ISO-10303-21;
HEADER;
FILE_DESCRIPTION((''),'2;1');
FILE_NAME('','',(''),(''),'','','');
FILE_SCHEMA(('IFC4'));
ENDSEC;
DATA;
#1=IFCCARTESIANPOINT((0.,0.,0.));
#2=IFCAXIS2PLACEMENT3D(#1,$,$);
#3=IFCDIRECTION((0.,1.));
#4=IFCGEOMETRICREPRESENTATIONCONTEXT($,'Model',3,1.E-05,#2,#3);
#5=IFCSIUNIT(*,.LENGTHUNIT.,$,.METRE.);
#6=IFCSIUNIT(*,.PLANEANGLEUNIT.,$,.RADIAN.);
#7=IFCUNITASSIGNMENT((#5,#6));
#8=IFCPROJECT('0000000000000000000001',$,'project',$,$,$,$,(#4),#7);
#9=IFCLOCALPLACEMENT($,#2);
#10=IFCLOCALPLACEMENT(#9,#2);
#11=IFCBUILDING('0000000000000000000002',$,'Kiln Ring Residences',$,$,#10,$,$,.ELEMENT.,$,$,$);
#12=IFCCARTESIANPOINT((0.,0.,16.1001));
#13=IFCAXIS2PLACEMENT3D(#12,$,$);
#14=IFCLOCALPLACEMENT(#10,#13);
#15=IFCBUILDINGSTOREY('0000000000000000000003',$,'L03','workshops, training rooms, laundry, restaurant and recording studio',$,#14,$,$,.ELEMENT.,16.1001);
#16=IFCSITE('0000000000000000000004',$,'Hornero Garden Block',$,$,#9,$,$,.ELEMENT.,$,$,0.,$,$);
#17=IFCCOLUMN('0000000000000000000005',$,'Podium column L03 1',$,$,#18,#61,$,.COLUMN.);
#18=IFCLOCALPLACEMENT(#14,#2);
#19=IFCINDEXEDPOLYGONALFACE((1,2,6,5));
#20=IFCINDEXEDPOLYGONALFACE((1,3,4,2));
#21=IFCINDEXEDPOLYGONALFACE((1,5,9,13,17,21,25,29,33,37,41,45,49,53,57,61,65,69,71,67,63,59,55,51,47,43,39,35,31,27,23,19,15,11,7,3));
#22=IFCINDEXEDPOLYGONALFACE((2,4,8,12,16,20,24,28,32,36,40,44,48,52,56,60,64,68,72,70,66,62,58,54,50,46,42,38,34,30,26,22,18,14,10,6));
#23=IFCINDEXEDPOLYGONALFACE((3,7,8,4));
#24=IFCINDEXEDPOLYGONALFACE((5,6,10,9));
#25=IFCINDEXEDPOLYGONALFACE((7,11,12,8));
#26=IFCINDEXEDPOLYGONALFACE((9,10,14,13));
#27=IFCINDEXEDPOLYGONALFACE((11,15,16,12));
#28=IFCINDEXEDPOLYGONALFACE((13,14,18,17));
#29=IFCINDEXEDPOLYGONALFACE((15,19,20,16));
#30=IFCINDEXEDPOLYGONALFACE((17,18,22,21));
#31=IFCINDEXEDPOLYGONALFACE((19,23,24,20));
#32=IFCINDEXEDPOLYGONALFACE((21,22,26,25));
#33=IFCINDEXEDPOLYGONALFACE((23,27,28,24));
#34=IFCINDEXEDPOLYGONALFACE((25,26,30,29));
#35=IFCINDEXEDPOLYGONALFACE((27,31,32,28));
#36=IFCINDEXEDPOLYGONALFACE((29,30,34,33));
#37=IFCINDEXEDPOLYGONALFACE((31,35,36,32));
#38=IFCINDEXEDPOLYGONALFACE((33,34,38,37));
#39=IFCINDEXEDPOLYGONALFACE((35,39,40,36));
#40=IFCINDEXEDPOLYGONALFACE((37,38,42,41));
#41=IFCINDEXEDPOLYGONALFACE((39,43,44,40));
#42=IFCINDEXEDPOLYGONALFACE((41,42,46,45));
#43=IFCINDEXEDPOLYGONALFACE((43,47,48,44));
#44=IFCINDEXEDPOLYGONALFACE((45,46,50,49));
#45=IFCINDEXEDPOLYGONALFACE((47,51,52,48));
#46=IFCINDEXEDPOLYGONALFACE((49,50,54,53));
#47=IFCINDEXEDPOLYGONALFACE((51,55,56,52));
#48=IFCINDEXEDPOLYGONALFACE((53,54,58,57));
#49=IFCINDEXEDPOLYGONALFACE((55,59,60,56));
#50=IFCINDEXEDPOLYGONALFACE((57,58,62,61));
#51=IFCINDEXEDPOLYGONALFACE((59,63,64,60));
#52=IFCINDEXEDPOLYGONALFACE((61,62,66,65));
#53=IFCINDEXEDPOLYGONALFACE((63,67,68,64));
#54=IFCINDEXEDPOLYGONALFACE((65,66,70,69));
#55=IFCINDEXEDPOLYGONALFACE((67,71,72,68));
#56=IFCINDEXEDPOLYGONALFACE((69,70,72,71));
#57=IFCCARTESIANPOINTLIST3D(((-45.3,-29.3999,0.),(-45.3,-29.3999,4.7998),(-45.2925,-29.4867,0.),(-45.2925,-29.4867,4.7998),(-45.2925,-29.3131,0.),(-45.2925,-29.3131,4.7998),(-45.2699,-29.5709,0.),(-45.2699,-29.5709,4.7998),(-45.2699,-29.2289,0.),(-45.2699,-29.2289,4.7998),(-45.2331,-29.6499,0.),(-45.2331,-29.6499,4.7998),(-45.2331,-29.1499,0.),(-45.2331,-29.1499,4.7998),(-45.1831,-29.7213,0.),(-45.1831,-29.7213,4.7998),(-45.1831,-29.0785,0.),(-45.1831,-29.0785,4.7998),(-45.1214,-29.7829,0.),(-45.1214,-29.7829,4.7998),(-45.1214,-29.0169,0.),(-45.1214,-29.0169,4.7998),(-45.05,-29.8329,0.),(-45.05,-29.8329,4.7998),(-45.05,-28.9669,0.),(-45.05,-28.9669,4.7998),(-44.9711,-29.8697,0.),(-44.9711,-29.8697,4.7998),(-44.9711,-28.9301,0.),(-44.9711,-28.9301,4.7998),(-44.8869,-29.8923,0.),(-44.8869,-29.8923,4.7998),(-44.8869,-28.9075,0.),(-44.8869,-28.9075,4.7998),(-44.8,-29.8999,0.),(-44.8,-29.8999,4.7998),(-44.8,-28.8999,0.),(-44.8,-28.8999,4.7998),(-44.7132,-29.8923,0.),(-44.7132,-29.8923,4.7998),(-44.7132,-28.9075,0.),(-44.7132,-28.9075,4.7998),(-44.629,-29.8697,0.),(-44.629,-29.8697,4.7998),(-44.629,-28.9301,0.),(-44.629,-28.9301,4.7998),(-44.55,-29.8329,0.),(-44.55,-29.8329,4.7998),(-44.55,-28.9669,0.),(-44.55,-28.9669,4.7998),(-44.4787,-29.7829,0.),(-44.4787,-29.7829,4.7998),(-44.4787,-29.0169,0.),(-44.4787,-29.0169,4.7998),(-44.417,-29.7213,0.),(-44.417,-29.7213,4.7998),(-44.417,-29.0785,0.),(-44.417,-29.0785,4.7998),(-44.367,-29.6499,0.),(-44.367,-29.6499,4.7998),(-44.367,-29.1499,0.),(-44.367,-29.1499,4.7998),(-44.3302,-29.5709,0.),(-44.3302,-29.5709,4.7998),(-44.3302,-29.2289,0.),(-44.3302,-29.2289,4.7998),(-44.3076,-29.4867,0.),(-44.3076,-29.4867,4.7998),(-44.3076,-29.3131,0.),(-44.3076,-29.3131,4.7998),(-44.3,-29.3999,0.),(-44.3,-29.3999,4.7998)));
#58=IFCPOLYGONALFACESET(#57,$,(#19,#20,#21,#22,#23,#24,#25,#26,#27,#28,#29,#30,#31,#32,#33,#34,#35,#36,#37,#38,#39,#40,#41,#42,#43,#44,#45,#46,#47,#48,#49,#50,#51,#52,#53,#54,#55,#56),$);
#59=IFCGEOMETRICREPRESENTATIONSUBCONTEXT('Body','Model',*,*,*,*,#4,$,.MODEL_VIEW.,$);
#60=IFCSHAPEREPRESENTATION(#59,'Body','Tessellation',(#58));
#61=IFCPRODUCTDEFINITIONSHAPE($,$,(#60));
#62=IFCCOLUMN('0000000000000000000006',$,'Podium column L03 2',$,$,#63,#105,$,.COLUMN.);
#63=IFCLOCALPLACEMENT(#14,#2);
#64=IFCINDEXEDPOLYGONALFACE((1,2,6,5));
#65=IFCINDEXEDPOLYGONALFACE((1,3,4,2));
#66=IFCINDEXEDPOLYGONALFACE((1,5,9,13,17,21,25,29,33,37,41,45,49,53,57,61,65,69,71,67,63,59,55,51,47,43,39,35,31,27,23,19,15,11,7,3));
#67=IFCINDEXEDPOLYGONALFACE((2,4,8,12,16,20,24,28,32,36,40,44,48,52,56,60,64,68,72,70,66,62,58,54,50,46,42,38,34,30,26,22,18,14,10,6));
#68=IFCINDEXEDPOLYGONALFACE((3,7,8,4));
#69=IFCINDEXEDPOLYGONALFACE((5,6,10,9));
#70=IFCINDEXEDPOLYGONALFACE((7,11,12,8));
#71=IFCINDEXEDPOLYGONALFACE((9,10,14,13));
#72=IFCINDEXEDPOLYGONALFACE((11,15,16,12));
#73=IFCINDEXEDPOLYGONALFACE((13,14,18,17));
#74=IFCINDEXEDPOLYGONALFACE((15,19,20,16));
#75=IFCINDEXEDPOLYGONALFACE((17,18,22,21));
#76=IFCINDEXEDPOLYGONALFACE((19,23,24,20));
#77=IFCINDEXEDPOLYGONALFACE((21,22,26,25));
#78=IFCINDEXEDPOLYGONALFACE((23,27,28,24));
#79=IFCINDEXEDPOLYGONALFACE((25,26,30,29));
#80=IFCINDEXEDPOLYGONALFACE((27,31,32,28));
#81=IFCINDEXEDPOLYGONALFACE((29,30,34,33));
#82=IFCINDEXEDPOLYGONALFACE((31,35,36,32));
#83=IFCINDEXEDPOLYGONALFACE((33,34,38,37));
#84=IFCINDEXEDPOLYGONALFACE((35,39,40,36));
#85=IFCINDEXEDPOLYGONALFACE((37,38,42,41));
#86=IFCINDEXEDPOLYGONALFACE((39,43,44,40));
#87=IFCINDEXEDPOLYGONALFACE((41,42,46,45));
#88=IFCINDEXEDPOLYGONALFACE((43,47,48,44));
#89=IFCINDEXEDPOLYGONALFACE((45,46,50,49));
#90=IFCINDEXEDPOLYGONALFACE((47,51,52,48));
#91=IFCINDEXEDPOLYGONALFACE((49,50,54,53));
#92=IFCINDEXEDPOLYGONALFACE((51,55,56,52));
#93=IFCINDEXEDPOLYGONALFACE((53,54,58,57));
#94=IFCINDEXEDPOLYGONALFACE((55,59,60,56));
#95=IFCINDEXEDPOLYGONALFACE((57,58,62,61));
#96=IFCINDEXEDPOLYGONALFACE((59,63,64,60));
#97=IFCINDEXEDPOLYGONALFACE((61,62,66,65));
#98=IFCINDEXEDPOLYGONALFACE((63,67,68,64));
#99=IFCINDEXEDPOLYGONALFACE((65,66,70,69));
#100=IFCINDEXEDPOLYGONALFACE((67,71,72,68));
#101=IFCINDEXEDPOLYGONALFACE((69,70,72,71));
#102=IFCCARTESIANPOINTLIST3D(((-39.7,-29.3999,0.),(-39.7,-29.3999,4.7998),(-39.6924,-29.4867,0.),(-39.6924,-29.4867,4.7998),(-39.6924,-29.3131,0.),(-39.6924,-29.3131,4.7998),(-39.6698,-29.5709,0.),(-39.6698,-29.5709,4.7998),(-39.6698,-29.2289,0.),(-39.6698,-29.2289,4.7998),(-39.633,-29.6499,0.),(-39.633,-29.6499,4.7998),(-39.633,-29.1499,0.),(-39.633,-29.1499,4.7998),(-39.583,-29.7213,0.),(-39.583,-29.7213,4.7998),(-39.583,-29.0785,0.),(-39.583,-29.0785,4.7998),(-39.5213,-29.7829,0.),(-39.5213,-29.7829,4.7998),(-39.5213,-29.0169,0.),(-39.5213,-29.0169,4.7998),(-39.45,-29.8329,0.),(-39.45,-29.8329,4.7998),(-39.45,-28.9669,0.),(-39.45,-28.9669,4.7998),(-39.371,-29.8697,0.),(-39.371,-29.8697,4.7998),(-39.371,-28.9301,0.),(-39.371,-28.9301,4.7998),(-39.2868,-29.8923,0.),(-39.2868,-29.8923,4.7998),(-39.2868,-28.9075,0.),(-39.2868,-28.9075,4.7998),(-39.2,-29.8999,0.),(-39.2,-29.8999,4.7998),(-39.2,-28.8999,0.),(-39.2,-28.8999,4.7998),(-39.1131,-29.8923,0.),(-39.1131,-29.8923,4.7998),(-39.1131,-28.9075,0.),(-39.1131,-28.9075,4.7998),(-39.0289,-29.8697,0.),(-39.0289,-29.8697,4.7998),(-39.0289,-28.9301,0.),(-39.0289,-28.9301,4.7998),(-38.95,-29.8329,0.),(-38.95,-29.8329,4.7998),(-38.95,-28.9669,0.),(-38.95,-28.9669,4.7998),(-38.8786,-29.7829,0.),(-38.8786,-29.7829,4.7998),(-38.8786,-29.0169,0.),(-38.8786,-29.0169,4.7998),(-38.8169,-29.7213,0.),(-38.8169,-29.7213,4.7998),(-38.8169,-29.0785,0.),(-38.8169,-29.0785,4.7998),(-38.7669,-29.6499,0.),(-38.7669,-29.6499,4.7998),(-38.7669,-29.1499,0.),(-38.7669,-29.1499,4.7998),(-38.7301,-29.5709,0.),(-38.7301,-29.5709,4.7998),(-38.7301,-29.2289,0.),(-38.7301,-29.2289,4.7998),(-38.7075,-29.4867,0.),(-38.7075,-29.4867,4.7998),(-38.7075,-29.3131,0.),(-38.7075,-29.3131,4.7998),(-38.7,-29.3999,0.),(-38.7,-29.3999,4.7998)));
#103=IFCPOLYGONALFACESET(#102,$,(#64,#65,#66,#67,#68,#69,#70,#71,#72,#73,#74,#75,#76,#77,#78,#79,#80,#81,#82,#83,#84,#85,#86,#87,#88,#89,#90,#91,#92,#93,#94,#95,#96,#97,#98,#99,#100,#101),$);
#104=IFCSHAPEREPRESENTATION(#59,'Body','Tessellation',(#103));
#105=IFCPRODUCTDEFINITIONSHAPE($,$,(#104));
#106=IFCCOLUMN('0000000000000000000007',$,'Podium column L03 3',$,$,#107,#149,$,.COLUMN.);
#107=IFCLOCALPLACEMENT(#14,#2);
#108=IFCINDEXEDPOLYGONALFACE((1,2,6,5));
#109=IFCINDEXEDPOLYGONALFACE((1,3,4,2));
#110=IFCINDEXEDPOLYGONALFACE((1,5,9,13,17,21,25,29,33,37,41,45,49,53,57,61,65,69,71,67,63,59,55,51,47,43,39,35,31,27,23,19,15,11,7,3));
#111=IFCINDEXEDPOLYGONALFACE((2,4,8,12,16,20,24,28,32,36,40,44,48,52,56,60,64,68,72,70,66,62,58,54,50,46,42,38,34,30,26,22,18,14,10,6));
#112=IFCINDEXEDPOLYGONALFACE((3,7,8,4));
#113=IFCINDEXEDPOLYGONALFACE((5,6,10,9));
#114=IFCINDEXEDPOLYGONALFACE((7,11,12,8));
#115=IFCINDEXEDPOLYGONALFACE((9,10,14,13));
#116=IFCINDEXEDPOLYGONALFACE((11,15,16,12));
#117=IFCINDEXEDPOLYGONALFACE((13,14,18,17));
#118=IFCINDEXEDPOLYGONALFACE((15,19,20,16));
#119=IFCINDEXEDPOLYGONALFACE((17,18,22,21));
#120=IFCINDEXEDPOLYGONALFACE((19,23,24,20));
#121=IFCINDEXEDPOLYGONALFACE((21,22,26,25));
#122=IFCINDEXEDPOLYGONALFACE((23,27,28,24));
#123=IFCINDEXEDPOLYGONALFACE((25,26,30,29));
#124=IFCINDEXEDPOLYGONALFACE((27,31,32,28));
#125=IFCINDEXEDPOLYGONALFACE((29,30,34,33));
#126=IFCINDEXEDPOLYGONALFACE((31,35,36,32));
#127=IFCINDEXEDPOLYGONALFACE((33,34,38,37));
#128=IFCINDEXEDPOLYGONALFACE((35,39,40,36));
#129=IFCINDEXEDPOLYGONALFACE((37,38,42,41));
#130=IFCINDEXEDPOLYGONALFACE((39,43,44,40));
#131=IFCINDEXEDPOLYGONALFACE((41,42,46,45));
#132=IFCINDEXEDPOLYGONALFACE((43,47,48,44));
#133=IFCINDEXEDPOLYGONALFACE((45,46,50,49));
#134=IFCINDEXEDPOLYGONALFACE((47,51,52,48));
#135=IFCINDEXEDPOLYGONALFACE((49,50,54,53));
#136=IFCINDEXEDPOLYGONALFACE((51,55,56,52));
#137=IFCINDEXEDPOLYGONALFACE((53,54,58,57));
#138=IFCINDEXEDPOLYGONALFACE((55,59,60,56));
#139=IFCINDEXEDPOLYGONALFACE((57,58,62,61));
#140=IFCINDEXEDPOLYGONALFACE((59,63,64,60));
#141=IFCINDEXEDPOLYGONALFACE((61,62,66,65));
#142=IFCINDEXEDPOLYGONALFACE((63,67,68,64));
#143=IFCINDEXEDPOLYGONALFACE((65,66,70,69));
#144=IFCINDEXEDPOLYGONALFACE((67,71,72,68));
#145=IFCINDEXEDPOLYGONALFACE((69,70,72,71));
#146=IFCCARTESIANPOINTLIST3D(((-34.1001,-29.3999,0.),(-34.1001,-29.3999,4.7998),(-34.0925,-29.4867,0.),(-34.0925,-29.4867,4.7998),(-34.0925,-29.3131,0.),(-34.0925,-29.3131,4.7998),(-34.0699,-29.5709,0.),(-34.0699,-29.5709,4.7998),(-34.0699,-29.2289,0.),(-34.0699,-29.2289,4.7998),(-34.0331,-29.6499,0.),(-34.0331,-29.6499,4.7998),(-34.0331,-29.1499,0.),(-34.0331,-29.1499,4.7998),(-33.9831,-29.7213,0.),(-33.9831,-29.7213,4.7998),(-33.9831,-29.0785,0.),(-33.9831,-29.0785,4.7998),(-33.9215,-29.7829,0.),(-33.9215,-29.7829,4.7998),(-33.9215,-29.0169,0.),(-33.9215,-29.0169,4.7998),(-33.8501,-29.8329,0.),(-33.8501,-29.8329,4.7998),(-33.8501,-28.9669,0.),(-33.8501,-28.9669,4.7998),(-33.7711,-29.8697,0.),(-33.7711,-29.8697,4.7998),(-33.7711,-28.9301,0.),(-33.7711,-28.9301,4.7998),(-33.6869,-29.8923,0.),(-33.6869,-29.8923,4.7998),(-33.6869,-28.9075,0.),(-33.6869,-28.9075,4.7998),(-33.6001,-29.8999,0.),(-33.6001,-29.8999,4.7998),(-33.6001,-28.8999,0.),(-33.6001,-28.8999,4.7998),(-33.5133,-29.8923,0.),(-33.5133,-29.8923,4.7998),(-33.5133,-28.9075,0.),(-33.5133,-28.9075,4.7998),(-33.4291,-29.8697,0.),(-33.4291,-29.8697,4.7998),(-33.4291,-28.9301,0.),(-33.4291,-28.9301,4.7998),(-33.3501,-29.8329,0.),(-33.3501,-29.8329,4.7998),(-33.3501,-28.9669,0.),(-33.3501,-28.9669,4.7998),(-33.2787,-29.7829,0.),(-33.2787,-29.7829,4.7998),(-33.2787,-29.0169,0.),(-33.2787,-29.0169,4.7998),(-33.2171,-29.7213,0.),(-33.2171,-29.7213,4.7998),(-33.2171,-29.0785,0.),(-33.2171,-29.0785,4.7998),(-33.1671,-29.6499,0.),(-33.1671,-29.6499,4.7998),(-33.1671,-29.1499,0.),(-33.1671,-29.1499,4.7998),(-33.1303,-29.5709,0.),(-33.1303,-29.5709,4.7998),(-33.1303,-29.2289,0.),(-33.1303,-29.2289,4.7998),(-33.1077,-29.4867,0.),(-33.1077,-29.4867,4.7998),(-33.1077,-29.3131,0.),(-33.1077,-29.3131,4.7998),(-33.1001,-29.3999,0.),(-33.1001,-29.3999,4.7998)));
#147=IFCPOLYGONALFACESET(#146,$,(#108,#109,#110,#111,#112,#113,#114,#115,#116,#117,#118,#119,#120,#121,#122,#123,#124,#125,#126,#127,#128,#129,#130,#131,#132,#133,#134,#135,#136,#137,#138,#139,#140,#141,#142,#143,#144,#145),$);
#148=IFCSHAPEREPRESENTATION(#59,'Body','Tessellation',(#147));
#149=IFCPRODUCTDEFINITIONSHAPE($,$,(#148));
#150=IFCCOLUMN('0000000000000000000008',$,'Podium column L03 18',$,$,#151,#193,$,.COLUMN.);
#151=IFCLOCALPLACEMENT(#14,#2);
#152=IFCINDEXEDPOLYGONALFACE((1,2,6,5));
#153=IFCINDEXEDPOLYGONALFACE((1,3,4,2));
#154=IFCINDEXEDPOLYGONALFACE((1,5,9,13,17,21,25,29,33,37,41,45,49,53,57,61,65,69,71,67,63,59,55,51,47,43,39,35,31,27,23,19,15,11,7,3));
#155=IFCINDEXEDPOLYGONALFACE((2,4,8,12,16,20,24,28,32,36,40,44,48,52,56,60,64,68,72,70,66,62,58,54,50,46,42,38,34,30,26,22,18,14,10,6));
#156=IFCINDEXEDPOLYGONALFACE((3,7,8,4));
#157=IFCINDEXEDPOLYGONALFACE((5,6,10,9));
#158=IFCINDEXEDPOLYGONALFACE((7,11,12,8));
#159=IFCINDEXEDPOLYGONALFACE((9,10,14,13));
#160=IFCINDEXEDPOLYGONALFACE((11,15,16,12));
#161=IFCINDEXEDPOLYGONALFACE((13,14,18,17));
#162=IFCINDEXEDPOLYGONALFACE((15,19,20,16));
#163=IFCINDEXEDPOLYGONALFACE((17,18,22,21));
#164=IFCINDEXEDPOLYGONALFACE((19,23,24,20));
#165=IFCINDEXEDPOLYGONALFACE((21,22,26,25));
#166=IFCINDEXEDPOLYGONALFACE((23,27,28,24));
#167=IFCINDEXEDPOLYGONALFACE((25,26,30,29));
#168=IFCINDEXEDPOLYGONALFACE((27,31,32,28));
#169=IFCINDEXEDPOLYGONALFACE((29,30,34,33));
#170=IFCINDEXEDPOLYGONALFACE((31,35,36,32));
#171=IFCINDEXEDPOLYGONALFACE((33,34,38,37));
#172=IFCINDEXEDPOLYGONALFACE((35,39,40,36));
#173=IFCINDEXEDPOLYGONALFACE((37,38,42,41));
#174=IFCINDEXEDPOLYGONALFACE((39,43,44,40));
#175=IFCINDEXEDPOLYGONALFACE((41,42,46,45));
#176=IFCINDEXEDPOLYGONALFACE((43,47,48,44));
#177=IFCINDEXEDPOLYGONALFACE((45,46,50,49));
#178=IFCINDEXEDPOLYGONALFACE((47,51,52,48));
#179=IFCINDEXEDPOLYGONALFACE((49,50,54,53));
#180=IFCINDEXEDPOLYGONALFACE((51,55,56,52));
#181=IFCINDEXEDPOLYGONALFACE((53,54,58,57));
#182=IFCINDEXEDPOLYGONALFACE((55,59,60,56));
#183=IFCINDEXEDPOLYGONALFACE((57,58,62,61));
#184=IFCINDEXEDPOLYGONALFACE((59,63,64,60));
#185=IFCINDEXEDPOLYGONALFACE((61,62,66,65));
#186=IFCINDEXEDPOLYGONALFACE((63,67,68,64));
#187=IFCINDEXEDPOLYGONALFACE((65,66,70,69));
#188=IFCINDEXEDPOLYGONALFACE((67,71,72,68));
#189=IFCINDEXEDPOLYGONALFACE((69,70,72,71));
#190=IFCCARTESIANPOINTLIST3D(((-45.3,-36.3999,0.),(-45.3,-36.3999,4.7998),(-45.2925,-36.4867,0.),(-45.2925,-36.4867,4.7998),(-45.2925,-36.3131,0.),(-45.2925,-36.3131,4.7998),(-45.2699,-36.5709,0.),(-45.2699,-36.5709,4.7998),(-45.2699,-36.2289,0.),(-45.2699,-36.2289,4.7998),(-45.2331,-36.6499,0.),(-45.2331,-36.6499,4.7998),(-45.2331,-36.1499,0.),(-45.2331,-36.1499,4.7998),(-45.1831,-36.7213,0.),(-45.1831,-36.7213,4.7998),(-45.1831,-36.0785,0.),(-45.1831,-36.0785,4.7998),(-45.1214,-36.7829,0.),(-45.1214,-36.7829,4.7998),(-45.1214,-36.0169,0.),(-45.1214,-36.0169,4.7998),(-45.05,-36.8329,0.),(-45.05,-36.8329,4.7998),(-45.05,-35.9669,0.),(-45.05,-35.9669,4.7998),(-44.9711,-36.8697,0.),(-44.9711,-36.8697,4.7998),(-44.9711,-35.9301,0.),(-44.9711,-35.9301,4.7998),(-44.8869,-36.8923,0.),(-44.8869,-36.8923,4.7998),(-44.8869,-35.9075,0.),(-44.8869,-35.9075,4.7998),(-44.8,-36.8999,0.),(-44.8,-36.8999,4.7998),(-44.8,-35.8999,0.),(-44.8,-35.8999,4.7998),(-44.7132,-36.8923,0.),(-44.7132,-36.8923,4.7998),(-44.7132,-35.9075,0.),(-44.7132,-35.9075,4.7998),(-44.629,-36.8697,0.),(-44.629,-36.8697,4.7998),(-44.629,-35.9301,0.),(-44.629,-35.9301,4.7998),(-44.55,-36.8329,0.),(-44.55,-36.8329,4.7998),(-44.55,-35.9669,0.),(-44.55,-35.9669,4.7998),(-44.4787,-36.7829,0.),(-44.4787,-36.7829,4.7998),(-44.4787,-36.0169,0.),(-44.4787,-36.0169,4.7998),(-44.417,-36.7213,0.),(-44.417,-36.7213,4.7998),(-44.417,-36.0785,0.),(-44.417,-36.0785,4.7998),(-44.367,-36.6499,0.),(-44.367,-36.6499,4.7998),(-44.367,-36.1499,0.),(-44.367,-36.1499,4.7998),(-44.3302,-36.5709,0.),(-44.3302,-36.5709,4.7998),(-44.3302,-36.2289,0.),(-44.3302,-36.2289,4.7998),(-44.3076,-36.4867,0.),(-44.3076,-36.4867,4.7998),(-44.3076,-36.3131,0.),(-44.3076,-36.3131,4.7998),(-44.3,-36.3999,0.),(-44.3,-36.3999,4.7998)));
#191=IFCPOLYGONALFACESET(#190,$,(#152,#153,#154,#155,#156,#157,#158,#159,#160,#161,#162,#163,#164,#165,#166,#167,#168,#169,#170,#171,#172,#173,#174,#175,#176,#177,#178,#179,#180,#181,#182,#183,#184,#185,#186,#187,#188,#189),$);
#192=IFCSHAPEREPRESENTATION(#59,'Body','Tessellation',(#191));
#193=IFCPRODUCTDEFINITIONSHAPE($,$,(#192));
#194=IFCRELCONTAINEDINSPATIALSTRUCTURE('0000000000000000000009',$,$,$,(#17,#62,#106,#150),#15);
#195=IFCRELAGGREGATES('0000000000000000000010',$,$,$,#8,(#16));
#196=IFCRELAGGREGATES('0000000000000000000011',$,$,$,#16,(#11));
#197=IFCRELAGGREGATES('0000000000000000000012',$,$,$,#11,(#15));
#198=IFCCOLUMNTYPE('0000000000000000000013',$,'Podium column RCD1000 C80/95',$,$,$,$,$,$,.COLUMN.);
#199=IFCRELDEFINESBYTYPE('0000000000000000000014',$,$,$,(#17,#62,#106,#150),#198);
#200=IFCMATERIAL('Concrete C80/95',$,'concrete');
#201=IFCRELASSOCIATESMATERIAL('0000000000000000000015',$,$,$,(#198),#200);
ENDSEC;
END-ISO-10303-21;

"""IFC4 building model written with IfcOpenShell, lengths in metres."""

from ifc_helpers import new_model, si_unit, direction, frame, origin, origin_2d, place, context, subcontext, project, spatial, circle, extrude, material, material_profile, profile_set, type_object, element, save


model = new_model("IFC4")

# Units and contexts
model_context = context("Model", 3, precision=1e-05, world=origin(), true_north=direction((0.0, 1.0)))
body_context = subcontext(model_context, "Body", "Model", "MODEL_VIEW")
ifc_project = project(units=[si_unit("LENGTHUNIT", "METRE"), si_unit("PLANEANGLEUNIT", "RADIAN")], contexts=[model_context])

# Site, building, storey
site_placement = place(None, origin())
site = spatial("IfcSite", under=ifc_project, at=site_placement, Name="Hornero Garden Block", CompositionType="ELEMENT", RefElevation=0.0)
building_placement = place(site_placement, origin())
building = spatial("IfcBuilding", under=site, at=building_placement, Name="Kiln Ring Residences", CompositionType="ELEMENT")
storey_placement = place(building_placement, frame((0.0, 0.0, 16.1001)))
storey = spatial("IfcBuildingStorey", under=building, at=storey_placement, Name="L03", Description="workshops, training rooms, laundry, restaurant and recording studio", CompositionType="ELEMENT", Elevation=16.1001)

# Columns
ifc_material_1 = material(Name="Concrete C80/95", Category="concrete")
ifc_material_profile_1 = material_profile(ifc_material_1, circle(Radius=0.5, at=origin_2d()), Name="RCD1000")
ifc_profile_set_1 = profile_set([ifc_material_profile_1], Name="Concrete C80/95")
column_type = type_object("IfcColumnType", Name="Podium column RCD1000 C80/95", PredefinedType="COLUMN", material=ifc_profile_set_1)
for number, where, z_axis, x_axis, name in (
    (1, (-44.8, -29.3999, 0.0), (0.0, 0.0, 1.0), (1.0, 0.0, 0.0), "Podium column L03 1"),
    (2, (-39.2, -29.3999, 0.0), (0.0, 0.0, 1.0), (1.0, 0.0, 0.0), "Podium column L03 2"),
    (3, (-33.6001, -29.3999, 0.0), (0.0, 0.0, 1.0), (1.0, 0.0, 0.0), "Podium column L03 3"),
    (4, (-44.8, -36.3999, 0.0), (0.0, 0.0, 1.0), (1.0, 0.0, 0.0), "Podium column L03 18"),
):
    element("IfcColumn", number, at=place(storey_placement, frame(where, z_axis=z_axis, x_axis=x_axis)), inside=storey, type_object=column_type, Name=name, PredefinedType="COLUMN", context=body_context, shape_type="SweptSolid", body=[
        extrude(circle(Radius=0.5, at=origin_2d()), origin(), (0.0, 0.0, 1.0), 4.7998),
    ])

save(model, "model.ifc")
